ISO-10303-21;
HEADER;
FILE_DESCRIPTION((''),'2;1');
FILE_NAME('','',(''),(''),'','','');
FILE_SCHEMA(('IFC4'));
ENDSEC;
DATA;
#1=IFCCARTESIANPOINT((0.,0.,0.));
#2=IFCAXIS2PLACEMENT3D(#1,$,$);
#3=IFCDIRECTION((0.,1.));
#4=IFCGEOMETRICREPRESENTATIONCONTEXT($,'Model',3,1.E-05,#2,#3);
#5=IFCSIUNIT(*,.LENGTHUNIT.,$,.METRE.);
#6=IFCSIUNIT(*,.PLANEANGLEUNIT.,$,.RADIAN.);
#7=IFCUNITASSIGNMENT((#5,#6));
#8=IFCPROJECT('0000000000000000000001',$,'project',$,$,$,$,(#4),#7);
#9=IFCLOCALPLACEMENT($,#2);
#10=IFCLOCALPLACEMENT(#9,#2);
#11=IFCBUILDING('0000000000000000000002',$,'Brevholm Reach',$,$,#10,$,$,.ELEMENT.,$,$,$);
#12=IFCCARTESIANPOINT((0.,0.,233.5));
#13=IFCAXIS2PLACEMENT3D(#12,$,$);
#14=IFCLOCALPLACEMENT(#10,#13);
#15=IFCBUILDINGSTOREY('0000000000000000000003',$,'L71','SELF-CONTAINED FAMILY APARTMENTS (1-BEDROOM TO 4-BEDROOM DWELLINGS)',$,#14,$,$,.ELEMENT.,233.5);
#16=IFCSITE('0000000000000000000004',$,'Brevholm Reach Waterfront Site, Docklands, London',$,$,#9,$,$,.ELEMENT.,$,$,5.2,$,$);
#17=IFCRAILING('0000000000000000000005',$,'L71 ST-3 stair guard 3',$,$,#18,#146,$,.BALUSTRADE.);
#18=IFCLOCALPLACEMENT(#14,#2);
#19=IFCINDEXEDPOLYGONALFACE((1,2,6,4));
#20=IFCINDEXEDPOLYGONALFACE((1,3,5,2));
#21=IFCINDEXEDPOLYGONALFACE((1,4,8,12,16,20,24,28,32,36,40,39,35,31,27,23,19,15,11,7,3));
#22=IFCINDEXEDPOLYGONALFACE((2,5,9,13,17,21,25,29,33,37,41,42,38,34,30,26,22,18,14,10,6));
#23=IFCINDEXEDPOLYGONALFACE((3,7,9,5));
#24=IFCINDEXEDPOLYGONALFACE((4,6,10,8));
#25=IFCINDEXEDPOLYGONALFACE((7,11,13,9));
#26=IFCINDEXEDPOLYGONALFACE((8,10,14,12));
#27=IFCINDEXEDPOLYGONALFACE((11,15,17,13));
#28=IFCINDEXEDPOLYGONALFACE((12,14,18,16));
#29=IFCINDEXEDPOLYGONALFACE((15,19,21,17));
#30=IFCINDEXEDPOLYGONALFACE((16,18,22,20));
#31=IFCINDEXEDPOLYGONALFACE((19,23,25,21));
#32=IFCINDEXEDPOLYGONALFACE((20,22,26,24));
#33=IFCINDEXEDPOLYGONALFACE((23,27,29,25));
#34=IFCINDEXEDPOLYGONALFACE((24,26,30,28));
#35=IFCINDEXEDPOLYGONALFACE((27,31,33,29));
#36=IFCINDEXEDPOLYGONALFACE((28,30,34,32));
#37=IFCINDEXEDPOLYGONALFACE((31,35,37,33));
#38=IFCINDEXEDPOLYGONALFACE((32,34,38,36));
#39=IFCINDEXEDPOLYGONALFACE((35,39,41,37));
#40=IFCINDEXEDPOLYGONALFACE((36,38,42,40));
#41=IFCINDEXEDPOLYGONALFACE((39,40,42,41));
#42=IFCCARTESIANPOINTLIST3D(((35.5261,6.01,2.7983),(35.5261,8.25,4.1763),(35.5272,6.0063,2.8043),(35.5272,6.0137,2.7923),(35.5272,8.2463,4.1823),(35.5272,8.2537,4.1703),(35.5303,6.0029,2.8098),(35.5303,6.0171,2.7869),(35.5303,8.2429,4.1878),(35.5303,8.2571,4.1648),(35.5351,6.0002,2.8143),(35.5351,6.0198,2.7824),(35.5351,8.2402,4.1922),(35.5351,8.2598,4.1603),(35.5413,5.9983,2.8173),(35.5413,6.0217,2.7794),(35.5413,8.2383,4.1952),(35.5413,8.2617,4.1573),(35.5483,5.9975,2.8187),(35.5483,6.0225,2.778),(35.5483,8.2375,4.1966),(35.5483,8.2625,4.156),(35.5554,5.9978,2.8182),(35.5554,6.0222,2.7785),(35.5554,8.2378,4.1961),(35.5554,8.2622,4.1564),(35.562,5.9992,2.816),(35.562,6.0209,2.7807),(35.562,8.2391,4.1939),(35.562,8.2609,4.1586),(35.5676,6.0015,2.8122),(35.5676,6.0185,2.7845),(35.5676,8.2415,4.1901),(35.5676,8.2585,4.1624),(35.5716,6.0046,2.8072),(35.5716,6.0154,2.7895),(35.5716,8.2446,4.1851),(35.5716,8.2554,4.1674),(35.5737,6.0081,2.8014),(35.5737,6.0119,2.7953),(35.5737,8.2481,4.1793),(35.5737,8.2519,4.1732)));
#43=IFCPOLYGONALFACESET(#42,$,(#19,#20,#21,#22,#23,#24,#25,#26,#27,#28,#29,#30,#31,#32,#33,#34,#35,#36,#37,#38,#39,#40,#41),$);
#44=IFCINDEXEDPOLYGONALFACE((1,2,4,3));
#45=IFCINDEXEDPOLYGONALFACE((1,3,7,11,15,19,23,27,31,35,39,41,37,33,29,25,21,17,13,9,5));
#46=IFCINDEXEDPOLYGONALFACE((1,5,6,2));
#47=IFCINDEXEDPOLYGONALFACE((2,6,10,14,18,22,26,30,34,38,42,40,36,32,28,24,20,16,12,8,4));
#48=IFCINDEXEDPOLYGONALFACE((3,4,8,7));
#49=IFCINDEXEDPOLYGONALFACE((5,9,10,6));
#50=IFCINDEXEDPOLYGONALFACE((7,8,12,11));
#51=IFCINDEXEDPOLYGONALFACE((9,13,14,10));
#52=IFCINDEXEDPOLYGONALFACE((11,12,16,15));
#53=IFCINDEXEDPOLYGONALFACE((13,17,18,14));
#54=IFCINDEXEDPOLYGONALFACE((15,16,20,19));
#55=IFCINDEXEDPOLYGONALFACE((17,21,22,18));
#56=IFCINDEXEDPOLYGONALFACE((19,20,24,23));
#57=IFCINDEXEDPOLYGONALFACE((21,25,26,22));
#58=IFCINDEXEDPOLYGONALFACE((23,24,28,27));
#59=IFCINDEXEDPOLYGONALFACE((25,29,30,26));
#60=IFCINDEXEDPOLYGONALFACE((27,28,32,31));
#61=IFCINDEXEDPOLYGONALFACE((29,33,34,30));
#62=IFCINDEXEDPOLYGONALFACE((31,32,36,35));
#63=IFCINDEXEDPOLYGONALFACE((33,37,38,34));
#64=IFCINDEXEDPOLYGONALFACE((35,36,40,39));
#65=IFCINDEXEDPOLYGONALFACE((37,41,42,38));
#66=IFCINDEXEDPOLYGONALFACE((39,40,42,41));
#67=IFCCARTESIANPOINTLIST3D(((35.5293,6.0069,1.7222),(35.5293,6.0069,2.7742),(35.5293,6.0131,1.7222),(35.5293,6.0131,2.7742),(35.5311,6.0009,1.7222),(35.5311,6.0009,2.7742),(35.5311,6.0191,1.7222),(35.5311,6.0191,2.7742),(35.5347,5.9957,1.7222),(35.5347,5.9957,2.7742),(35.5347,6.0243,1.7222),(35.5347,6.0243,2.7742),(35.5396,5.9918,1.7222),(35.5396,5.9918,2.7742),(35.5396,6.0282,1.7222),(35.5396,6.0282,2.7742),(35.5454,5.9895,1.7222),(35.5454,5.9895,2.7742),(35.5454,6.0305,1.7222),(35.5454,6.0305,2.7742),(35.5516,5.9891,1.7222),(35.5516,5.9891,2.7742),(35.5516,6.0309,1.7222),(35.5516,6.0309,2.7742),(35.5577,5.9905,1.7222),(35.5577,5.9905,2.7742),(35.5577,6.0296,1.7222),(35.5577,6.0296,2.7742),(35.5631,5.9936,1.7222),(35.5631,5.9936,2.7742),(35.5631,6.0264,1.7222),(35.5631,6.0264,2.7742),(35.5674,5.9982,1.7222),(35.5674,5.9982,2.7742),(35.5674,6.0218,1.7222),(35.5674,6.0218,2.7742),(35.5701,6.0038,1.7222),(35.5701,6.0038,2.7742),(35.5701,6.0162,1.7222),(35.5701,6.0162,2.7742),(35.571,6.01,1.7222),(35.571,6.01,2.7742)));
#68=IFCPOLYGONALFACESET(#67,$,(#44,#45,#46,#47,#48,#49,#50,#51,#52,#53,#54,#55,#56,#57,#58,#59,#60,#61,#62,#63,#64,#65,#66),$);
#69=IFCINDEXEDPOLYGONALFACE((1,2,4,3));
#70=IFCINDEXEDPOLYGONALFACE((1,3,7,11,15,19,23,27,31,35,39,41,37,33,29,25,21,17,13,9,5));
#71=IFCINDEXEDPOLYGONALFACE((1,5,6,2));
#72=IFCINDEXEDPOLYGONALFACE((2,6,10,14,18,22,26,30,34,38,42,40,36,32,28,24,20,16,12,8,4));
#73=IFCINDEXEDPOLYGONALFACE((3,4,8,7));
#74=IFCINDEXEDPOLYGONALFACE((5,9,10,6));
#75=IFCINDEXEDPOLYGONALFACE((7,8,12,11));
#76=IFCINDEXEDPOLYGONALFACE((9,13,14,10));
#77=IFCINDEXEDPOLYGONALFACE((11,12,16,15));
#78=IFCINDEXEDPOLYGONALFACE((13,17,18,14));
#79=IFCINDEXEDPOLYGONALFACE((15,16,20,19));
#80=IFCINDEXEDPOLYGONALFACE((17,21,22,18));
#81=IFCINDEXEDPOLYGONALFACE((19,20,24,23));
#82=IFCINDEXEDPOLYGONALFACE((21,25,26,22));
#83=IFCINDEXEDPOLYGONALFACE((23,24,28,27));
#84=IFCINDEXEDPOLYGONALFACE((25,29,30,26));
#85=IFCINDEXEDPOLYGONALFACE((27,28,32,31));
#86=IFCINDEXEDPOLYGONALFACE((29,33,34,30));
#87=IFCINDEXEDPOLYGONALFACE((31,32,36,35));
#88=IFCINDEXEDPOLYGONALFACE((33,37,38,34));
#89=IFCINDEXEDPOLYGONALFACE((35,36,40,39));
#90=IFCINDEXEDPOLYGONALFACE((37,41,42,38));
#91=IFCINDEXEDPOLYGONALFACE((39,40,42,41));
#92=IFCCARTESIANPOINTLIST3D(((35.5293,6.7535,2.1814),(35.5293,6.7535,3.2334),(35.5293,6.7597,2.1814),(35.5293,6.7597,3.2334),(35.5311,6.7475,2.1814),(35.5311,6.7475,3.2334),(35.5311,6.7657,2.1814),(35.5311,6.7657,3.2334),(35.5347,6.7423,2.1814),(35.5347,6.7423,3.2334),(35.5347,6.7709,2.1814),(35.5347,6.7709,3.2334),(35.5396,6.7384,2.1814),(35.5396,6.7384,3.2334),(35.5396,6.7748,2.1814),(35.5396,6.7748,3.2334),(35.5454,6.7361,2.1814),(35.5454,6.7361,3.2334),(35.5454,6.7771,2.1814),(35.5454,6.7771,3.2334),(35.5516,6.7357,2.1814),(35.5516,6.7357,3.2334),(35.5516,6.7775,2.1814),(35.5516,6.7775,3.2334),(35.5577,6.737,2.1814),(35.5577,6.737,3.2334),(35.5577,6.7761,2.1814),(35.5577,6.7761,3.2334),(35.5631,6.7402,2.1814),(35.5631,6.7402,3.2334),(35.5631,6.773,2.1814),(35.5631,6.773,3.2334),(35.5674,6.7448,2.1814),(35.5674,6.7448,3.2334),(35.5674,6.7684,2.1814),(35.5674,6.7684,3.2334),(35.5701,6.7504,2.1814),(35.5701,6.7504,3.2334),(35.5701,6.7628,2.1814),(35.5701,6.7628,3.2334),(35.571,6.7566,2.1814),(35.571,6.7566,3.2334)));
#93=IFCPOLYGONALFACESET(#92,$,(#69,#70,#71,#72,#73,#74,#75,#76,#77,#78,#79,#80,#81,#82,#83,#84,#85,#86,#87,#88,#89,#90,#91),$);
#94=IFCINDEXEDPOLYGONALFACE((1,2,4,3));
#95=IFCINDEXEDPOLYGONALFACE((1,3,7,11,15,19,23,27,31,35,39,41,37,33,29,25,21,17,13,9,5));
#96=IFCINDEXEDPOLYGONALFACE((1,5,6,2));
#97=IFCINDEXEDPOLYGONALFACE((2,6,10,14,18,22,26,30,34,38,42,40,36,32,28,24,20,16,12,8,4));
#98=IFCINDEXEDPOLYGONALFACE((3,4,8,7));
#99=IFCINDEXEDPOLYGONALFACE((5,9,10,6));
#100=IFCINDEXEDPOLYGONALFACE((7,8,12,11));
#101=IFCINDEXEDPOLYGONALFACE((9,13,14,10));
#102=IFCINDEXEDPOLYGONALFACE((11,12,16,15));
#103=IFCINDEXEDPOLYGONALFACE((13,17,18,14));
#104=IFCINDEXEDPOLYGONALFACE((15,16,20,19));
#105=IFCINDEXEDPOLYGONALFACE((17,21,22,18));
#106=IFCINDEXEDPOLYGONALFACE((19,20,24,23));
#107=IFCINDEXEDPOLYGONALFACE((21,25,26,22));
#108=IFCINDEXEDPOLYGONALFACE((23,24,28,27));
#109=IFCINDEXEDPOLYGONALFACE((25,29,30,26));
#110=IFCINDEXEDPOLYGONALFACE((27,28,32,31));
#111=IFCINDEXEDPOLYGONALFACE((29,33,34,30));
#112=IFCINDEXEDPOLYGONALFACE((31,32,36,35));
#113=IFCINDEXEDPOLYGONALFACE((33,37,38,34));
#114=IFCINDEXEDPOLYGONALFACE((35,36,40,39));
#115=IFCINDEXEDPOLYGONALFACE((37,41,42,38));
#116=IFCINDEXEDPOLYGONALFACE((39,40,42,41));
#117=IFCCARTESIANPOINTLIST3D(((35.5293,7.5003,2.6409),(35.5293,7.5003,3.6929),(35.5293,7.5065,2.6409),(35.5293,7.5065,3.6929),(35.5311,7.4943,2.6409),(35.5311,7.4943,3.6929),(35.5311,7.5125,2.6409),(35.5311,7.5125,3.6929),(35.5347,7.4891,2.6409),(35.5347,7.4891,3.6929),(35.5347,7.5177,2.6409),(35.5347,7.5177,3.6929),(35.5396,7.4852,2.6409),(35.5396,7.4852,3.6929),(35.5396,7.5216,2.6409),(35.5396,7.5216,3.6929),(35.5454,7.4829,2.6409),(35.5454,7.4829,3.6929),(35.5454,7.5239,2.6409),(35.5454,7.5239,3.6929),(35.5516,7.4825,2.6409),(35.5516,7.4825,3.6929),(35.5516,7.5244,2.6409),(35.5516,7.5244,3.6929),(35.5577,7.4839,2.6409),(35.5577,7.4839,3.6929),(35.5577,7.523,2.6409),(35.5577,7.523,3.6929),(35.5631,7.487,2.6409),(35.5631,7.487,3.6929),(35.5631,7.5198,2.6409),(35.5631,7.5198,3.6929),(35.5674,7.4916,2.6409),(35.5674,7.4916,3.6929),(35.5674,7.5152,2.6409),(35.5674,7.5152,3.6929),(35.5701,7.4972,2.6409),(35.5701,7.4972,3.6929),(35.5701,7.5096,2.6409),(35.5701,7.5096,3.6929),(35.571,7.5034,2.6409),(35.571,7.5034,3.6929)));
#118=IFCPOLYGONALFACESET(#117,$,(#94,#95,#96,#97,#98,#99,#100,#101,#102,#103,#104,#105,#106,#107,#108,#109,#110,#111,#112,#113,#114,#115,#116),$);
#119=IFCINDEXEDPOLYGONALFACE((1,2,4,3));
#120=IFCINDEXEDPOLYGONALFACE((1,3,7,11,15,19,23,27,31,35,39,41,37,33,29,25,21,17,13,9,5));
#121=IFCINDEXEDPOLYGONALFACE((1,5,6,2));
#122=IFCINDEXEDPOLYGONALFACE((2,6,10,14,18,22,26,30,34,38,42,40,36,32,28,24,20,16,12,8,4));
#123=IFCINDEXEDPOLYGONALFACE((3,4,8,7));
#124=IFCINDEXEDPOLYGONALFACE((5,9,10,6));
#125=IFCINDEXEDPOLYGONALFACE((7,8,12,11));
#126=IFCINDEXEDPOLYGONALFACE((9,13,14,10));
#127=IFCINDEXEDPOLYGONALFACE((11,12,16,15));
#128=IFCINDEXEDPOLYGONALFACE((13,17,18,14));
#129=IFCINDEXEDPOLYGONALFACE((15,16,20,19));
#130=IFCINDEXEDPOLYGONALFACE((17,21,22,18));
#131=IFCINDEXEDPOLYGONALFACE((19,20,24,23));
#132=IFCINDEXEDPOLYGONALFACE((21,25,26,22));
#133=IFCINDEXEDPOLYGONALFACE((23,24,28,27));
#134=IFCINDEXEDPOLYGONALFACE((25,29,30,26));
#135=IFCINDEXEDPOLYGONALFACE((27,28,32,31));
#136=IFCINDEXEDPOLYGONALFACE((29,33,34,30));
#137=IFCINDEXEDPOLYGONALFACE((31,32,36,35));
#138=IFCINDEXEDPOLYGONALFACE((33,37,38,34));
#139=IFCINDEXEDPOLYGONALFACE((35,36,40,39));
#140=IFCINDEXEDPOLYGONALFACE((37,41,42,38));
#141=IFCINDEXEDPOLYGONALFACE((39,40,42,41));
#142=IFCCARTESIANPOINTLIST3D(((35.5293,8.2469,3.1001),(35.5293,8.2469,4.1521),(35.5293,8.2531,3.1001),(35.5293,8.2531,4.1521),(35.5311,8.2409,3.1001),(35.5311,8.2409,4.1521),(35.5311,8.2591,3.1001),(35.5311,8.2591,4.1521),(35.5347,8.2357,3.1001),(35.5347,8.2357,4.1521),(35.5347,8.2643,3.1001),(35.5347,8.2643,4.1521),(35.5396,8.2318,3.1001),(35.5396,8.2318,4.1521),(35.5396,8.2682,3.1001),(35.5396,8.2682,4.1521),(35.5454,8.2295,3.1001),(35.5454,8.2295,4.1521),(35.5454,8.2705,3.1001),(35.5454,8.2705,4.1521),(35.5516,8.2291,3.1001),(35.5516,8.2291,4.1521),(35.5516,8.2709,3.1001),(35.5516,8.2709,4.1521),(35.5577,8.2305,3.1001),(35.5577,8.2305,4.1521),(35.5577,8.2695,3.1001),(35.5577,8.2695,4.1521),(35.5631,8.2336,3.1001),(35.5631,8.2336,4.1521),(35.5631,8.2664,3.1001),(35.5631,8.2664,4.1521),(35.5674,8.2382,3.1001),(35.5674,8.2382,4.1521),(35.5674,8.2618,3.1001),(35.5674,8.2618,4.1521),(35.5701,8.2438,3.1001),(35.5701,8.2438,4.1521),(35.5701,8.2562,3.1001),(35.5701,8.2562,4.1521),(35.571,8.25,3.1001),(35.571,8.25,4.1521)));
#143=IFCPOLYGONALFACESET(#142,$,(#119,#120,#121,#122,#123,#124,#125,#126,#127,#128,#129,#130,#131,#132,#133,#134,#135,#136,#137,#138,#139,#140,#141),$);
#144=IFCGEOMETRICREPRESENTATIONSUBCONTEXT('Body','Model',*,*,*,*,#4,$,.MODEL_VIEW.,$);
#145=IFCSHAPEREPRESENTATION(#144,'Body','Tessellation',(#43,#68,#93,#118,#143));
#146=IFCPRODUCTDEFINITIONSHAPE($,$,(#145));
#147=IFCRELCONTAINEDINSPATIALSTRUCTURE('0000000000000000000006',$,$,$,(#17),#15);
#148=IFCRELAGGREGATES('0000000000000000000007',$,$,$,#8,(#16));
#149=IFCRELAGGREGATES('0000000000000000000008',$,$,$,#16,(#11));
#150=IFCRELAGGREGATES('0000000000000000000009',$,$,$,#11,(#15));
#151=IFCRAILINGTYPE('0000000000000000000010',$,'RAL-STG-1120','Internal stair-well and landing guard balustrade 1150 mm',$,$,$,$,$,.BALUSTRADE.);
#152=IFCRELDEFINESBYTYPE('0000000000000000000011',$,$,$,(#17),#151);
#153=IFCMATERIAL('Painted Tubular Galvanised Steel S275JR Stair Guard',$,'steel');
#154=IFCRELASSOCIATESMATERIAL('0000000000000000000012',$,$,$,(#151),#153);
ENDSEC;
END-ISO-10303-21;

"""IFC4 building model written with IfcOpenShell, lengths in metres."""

from ifc_helpers import new_model, si_unit, direction, frame, origin, origin_2d, place, context, subcontext, project, spatial, circle, extrude, material, type_object, element, save


model = new_model("IFC4")

# Units and contexts
model_context = context("Model", 3, precision=1e-05, world=origin(), true_north=direction((0.0, 1.0)))
body_context = subcontext(model_context, "Body", "Model", "MODEL_VIEW")
ifc_project = project(units=[si_unit("LENGTHUNIT", "METRE"), si_unit("PLANEANGLEUNIT", "RADIAN")], contexts=[model_context])

# Site, building, storey
site_placement = place(None, origin())
site = spatial("IfcSite", under=ifc_project, at=site_placement, Name="Brevholm Reach Waterfront Site, Docklands, London", CompositionType="ELEMENT", RefElevation=5.2)
building_placement = place(site_placement, origin())
building = spatial("IfcBuilding", under=site, at=building_placement, Name="Brevholm Reach", CompositionType="ELEMENT")
storey_placement = place(building_placement, frame((0.0, 0.0, 233.5)))
storey = spatial("IfcBuildingStorey", under=building, at=storey_placement, Name="L71", Description="SELF-CONTAINED FAMILY APARTMENTS (1-BEDROOM TO 4-BEDROOM DWELLINGS)", CompositionType="ELEMENT", Elevation=233.5)

# Railing
ifc_material_1 = material(Name="Painted Tubular Galvanised Steel S275JR Stair Guard", Category="steel")
railing_type_1 = type_object("IfcRailingType", Name="RAL-STG-1120", Description="Internal stair-well and landing guard balustrade 1150 mm", PredefinedType="BALUSTRADE", material=ifc_material_1)
railing_1_placement = place(storey_placement, frame((35.55, 6.01, 1.7222)))
element("IfcRailing", 1, at=railing_1_placement, inside=storey, type_object=railing_type_1, Name="L71 ST-3 stair guard 3", PredefinedType="BALUSTRADE", context=body_context, shape_type="SweptSolid", body=[
    extrude(circle(Radius=0.0239, at=origin_2d()), frame((0.0, 0.0, 1.0762), z_axis=(0.0, 0.851748, 0.523952), x_axis=(-1.0, 0.0, 0.0)), (0.0, 0.0, 1.0), 2.6299),
    extrude(circle(Radius=0.021, at=origin_2d()), origin(), (0.0, 0.0, 1.0), 1.052),
    extrude(circle(Radius=0.021, at=origin_2d()), frame((0.0, 0.7466, 0.4592)), (0.0, 0.0, 1.0), 1.052),
    extrude(circle(Radius=0.021, at=origin_2d()), frame((0.0, 1.4934, 0.9187)), (0.0, 0.0, 1.0), 1.052),
    extrude(circle(Radius=0.021, at=origin_2d()), frame((0.0, 2.24, 1.3779)), (0.0, 0.0, 1.0), 1.052),
])

save(model, "model.ifc")
